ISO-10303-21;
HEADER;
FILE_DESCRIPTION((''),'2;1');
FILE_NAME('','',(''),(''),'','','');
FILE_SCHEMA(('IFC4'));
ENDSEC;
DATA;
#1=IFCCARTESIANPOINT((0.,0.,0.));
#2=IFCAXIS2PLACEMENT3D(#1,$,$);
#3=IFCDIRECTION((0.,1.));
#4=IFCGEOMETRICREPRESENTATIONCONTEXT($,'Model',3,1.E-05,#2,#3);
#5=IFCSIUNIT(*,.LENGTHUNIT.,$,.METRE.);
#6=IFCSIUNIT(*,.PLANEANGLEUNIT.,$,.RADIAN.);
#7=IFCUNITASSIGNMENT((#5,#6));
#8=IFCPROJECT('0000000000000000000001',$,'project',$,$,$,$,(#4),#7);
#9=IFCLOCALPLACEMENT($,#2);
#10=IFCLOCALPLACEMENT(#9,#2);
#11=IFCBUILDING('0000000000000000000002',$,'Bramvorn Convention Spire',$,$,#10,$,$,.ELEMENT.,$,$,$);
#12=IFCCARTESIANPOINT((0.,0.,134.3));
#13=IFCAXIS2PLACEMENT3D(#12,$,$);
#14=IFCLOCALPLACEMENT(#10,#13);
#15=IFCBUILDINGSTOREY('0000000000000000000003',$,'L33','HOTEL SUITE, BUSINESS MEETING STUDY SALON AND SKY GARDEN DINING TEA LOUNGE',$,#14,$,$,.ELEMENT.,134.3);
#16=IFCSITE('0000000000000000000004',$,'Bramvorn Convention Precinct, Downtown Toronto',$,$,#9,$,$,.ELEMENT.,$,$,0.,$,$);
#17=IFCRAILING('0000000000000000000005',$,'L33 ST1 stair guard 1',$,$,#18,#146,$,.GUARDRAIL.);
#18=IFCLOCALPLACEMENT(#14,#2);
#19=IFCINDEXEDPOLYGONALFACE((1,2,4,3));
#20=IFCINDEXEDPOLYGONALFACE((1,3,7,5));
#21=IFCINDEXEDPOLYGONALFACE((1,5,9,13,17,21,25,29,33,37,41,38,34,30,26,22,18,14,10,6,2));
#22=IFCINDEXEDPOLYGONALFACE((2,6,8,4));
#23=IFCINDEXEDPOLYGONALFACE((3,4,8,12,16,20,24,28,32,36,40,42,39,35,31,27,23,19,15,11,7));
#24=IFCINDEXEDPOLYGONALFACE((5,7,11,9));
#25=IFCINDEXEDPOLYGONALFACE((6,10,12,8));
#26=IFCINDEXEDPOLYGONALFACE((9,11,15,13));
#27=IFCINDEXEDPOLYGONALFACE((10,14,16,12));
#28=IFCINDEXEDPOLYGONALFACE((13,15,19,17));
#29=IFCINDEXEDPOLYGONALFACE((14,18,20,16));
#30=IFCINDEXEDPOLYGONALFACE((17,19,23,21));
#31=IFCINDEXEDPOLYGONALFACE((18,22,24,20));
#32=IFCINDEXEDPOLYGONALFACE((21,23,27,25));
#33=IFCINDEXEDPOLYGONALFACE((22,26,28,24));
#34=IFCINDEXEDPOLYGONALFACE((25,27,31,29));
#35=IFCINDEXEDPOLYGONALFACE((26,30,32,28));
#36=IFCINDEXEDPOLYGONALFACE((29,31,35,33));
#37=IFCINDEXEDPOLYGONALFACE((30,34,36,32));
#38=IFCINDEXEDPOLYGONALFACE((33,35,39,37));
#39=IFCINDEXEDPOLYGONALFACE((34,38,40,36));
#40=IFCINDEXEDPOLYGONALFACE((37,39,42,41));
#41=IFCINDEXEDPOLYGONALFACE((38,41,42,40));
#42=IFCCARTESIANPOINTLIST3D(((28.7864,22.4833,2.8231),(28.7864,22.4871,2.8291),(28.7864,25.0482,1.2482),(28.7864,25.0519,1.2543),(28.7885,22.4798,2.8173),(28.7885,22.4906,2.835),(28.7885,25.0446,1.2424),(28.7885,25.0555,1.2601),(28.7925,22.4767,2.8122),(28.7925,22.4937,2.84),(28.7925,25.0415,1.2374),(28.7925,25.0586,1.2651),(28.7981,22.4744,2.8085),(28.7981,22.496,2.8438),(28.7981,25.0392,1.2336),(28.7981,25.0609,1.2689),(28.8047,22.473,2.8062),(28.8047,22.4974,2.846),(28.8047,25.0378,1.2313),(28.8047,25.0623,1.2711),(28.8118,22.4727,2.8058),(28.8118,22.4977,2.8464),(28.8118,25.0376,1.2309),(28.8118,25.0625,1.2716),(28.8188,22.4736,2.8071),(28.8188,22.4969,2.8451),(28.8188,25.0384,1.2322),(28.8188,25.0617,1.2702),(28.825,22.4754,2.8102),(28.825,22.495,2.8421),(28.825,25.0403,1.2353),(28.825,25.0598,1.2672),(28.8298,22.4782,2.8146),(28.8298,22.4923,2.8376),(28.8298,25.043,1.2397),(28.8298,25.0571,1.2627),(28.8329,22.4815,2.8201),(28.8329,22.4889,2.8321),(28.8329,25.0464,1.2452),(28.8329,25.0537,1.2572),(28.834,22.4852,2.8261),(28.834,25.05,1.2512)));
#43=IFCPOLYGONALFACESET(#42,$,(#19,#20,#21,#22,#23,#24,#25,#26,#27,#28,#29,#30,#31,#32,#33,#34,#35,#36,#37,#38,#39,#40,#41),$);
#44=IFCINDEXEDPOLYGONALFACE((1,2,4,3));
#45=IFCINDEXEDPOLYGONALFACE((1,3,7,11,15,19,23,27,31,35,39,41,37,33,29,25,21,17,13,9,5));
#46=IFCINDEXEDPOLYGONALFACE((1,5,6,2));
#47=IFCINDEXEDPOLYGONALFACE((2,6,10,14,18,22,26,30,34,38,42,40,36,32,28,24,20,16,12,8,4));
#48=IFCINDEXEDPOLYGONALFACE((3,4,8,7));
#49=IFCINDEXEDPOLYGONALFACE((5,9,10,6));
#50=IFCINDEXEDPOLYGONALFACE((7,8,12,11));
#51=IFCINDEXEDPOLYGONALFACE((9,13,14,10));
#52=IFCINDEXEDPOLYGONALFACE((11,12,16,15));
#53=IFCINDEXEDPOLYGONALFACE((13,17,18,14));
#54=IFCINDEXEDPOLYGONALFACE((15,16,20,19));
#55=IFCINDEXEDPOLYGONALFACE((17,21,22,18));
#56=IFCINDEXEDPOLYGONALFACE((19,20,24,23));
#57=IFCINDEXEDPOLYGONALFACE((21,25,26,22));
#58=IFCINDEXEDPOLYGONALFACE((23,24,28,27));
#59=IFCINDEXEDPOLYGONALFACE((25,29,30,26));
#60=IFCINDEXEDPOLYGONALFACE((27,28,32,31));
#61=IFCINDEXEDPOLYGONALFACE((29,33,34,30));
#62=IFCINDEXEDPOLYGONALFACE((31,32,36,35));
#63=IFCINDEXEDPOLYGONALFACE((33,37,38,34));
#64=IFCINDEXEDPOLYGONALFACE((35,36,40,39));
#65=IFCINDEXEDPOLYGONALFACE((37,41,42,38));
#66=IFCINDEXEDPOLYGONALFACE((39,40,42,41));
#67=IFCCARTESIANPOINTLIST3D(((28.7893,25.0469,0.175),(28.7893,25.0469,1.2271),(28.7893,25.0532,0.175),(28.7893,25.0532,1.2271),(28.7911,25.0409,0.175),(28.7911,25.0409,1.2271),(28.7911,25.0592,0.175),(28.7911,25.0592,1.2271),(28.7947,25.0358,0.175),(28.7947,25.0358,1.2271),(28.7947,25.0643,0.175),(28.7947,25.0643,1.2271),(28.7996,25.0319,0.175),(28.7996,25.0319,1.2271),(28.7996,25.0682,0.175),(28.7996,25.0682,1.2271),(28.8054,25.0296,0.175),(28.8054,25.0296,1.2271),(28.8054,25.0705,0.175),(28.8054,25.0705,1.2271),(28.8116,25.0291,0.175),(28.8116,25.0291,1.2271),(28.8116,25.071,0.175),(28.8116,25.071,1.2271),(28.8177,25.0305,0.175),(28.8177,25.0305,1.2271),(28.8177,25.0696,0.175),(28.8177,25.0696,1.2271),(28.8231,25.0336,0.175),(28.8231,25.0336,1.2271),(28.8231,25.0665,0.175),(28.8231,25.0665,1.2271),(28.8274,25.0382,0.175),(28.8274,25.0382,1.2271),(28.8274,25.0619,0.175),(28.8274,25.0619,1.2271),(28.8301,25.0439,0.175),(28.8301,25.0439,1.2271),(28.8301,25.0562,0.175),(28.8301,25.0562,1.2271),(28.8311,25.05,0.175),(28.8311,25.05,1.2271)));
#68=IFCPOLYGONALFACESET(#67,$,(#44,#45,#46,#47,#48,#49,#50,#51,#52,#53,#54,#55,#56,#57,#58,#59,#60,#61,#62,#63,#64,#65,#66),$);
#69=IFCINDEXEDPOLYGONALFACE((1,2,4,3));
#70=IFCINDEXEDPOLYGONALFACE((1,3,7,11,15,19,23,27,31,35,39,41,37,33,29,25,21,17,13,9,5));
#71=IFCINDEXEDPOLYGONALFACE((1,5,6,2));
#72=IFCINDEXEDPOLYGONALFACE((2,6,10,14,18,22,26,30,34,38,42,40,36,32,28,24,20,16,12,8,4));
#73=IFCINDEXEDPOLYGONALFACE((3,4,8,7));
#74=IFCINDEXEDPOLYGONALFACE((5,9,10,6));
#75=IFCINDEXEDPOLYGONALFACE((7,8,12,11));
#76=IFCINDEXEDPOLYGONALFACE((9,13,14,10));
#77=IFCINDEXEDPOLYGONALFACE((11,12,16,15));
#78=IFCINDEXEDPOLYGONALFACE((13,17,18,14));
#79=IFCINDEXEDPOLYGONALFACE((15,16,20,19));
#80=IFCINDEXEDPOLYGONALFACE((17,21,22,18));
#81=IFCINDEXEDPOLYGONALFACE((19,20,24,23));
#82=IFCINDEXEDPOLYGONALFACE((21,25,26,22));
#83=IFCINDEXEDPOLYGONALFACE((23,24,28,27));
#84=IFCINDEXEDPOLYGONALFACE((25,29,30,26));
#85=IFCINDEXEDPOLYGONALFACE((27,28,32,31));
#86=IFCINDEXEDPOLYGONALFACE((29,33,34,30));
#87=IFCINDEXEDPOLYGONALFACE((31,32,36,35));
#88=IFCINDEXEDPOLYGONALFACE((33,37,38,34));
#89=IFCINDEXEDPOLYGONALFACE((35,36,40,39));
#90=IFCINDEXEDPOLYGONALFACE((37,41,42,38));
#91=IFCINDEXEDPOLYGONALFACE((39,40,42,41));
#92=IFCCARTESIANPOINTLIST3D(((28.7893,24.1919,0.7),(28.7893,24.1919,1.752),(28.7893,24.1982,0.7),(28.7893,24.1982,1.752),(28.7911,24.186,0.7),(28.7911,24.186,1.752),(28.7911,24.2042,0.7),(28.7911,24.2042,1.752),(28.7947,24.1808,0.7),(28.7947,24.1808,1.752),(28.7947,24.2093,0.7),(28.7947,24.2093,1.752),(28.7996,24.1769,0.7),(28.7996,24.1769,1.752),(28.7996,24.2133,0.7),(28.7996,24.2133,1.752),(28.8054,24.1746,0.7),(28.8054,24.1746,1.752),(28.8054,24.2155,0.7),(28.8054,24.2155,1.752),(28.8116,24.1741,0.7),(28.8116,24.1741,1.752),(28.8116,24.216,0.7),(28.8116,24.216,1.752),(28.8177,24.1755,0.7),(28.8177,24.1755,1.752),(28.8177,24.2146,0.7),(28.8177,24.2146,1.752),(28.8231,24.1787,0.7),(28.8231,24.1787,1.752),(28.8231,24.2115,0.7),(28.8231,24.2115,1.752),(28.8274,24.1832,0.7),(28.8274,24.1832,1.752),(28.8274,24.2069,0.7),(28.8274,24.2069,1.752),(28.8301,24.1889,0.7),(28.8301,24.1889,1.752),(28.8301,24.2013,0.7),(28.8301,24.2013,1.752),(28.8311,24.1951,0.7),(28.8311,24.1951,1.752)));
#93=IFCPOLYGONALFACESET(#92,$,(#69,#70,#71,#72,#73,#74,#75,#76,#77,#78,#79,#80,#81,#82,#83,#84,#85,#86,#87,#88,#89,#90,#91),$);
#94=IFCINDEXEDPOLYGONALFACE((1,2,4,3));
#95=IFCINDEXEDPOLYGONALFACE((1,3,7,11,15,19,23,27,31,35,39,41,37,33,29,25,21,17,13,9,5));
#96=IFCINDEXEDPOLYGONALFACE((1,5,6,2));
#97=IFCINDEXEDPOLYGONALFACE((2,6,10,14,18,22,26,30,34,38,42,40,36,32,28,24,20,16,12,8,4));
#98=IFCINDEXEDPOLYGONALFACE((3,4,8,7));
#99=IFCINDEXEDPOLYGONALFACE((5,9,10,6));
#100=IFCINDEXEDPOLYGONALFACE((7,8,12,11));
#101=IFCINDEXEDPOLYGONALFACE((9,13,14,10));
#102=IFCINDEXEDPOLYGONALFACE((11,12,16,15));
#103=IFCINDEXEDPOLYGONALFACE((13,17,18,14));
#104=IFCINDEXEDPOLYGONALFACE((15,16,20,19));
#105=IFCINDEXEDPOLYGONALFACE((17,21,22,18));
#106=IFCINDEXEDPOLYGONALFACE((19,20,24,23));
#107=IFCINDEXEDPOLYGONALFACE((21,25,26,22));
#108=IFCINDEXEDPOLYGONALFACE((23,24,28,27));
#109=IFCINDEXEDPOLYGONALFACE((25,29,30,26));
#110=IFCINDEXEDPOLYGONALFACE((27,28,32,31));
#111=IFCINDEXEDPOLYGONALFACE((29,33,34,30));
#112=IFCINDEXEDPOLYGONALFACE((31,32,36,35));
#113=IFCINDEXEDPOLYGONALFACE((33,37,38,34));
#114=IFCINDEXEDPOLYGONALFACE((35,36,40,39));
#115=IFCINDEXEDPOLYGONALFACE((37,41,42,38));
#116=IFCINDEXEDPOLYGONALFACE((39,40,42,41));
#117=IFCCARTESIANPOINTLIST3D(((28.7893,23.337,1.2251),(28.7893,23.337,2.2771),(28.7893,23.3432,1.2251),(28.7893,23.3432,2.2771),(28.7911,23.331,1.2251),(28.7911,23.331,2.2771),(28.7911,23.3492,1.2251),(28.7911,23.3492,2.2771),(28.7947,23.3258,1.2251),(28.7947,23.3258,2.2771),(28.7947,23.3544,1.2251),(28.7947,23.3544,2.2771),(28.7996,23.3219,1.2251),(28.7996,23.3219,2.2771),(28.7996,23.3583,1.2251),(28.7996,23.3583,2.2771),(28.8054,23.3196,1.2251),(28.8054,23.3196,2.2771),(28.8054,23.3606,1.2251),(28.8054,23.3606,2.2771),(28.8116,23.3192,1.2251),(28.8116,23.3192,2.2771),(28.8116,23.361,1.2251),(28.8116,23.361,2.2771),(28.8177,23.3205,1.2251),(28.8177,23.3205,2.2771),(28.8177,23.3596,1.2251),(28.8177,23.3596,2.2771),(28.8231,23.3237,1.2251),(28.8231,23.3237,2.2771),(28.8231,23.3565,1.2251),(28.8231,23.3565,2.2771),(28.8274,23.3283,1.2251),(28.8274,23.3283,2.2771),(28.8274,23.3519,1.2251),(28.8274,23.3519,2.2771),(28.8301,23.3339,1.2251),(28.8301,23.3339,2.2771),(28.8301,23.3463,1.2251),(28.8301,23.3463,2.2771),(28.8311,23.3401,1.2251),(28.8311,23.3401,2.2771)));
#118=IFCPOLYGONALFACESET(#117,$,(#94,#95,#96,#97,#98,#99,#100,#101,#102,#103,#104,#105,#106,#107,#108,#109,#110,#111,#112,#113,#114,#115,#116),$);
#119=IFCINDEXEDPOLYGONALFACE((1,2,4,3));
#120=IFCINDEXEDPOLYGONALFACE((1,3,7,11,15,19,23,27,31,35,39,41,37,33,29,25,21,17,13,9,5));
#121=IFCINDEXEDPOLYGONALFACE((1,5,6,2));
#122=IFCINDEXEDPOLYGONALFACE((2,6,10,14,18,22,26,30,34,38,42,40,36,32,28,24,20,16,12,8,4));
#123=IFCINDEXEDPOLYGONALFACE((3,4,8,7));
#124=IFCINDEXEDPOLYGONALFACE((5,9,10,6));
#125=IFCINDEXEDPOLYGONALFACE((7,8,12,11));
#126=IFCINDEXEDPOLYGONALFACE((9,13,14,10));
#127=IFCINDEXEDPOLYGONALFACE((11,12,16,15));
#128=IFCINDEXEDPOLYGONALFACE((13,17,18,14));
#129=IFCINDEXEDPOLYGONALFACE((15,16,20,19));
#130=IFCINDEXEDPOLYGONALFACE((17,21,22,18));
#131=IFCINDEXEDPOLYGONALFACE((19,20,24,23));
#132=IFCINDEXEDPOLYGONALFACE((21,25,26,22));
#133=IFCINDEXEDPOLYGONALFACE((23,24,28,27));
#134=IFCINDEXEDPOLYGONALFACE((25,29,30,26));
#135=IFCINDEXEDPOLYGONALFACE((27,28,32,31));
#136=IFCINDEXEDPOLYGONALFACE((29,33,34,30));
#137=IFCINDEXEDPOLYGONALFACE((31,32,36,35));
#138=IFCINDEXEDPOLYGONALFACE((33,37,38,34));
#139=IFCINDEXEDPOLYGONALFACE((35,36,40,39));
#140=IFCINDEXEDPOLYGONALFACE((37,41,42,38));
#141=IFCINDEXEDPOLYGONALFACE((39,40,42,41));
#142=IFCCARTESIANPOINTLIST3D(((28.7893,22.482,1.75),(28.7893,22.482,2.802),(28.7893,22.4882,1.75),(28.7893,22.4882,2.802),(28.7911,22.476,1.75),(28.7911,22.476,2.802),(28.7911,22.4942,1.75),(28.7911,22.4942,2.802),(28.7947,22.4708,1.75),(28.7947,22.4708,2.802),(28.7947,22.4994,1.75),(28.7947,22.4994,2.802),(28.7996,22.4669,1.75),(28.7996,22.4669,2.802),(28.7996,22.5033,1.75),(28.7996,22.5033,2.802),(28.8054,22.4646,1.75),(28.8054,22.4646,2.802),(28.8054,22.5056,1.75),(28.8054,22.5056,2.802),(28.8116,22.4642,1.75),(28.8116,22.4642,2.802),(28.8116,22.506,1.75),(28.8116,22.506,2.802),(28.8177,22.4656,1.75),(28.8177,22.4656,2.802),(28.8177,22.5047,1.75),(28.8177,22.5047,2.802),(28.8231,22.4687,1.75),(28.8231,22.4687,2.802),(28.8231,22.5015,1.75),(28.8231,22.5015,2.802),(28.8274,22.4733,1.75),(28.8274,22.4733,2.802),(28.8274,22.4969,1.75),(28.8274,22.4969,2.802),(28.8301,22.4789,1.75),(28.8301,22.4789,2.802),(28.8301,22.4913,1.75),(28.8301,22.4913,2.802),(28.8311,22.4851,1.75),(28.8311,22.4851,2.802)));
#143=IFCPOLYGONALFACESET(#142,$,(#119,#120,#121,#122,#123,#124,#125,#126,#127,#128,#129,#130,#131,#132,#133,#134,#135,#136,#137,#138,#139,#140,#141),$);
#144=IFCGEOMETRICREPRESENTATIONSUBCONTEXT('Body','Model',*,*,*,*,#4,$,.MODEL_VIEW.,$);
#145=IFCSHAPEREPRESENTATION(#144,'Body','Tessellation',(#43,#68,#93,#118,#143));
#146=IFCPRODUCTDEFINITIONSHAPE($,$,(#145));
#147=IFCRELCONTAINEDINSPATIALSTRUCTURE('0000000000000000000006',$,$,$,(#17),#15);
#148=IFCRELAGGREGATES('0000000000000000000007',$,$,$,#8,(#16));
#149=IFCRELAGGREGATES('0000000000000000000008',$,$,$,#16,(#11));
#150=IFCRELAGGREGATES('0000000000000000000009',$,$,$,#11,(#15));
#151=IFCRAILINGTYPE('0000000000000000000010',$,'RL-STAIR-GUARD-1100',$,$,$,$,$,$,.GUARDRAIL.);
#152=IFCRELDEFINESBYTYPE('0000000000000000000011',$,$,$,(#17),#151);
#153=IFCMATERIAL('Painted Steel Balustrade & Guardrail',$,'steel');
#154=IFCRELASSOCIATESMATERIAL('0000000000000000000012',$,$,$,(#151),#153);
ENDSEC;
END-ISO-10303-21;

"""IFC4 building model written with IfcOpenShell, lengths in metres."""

from ifc_helpers import new_model, si_unit, direction, frame, origin, origin_2d, place, context, subcontext, project, spatial, circle, extrude, material, type_object, element, save


model = new_model("IFC4")

# Units and contexts
model_context = context("Model", 3, precision=1e-05, world=origin(), true_north=direction((0.0, 1.0)))
body_context = subcontext(model_context, "Body", "Model", "MODEL_VIEW")
ifc_project = project(units=[si_unit("LENGTHUNIT", "METRE"), si_unit("PLANEANGLEUNIT", "RADIAN")], contexts=[model_context])

# Site, building, storey
site_placement = place(None, origin())
site = spatial("IfcSite", under=ifc_project, at=site_placement, Name="Bramvorn Convention Precinct, Downtown Toronto", CompositionType="ELEMENT", RefElevation=0.0)
building_placement = place(site_placement, origin())
building = spatial("IfcBuilding", under=site, at=building_placement, Name="Bramvorn Convention Spire", CompositionType="ELEMENT")
storey_placement = place(building_placement, frame((0.0, 0.0, 134.3)))
storey = spatial("IfcBuildingStorey", under=building, at=storey_placement, Name="L33", Description="HOTEL SUITE, BUSINESS MEETING STUDY SALON AND SKY GARDEN DINING TEA LOUNGE", CompositionType="ELEMENT", Elevation=134.3)

# Railing
ifc_material_1 = material(Name="Painted Steel Balustrade & Guardrail", Category="steel")
railing_type_1 = type_object("IfcRailingType", Name="RL-STAIR-GUARD-1100", PredefinedType="GUARDRAIL", material=ifc_material_1)
railing_1_placement = place(storey_placement, frame((28.8101, 25.05, 0.175)))
element("IfcRailing", 1, at=railing_1_placement, inside=storey, type_object=railing_type_1, Name="L33 ST1 stair guard 1", PredefinedType="GUARDRAIL", context=body_context, shape_type="SweptSolid", body=[
    extrude(circle(Radius=0.0239, at=origin_2d()), frame((0.0, 0.0, 1.0762), z_axis=(0.0, -0.852173, 0.52326), x_axis=(1.0, 0.0, 0.0)), (0.0, 0.0, 1.0), 3.0098),
    extrude(circle(Radius=0.021, at=origin_2d()), origin(), (0.0, 0.0, 1.0), 1.052),
    extrude(circle(Radius=0.021, at=origin_2d()), frame((0.0, -0.855, 0.5249)), (0.0, 0.0, 1.0), 1.052),
    extrude(circle(Radius=0.021, at=origin_2d()), frame((0.0, -1.71, 1.05)), (0.0, 0.0, 1.0), 1.052),
    extrude(circle(Radius=0.021, at=origin_2d()), frame((0.0, -2.5649, 1.575)), (0.0, 0.0, 1.0), 1.052),
])

save(model, "model.ifc")
